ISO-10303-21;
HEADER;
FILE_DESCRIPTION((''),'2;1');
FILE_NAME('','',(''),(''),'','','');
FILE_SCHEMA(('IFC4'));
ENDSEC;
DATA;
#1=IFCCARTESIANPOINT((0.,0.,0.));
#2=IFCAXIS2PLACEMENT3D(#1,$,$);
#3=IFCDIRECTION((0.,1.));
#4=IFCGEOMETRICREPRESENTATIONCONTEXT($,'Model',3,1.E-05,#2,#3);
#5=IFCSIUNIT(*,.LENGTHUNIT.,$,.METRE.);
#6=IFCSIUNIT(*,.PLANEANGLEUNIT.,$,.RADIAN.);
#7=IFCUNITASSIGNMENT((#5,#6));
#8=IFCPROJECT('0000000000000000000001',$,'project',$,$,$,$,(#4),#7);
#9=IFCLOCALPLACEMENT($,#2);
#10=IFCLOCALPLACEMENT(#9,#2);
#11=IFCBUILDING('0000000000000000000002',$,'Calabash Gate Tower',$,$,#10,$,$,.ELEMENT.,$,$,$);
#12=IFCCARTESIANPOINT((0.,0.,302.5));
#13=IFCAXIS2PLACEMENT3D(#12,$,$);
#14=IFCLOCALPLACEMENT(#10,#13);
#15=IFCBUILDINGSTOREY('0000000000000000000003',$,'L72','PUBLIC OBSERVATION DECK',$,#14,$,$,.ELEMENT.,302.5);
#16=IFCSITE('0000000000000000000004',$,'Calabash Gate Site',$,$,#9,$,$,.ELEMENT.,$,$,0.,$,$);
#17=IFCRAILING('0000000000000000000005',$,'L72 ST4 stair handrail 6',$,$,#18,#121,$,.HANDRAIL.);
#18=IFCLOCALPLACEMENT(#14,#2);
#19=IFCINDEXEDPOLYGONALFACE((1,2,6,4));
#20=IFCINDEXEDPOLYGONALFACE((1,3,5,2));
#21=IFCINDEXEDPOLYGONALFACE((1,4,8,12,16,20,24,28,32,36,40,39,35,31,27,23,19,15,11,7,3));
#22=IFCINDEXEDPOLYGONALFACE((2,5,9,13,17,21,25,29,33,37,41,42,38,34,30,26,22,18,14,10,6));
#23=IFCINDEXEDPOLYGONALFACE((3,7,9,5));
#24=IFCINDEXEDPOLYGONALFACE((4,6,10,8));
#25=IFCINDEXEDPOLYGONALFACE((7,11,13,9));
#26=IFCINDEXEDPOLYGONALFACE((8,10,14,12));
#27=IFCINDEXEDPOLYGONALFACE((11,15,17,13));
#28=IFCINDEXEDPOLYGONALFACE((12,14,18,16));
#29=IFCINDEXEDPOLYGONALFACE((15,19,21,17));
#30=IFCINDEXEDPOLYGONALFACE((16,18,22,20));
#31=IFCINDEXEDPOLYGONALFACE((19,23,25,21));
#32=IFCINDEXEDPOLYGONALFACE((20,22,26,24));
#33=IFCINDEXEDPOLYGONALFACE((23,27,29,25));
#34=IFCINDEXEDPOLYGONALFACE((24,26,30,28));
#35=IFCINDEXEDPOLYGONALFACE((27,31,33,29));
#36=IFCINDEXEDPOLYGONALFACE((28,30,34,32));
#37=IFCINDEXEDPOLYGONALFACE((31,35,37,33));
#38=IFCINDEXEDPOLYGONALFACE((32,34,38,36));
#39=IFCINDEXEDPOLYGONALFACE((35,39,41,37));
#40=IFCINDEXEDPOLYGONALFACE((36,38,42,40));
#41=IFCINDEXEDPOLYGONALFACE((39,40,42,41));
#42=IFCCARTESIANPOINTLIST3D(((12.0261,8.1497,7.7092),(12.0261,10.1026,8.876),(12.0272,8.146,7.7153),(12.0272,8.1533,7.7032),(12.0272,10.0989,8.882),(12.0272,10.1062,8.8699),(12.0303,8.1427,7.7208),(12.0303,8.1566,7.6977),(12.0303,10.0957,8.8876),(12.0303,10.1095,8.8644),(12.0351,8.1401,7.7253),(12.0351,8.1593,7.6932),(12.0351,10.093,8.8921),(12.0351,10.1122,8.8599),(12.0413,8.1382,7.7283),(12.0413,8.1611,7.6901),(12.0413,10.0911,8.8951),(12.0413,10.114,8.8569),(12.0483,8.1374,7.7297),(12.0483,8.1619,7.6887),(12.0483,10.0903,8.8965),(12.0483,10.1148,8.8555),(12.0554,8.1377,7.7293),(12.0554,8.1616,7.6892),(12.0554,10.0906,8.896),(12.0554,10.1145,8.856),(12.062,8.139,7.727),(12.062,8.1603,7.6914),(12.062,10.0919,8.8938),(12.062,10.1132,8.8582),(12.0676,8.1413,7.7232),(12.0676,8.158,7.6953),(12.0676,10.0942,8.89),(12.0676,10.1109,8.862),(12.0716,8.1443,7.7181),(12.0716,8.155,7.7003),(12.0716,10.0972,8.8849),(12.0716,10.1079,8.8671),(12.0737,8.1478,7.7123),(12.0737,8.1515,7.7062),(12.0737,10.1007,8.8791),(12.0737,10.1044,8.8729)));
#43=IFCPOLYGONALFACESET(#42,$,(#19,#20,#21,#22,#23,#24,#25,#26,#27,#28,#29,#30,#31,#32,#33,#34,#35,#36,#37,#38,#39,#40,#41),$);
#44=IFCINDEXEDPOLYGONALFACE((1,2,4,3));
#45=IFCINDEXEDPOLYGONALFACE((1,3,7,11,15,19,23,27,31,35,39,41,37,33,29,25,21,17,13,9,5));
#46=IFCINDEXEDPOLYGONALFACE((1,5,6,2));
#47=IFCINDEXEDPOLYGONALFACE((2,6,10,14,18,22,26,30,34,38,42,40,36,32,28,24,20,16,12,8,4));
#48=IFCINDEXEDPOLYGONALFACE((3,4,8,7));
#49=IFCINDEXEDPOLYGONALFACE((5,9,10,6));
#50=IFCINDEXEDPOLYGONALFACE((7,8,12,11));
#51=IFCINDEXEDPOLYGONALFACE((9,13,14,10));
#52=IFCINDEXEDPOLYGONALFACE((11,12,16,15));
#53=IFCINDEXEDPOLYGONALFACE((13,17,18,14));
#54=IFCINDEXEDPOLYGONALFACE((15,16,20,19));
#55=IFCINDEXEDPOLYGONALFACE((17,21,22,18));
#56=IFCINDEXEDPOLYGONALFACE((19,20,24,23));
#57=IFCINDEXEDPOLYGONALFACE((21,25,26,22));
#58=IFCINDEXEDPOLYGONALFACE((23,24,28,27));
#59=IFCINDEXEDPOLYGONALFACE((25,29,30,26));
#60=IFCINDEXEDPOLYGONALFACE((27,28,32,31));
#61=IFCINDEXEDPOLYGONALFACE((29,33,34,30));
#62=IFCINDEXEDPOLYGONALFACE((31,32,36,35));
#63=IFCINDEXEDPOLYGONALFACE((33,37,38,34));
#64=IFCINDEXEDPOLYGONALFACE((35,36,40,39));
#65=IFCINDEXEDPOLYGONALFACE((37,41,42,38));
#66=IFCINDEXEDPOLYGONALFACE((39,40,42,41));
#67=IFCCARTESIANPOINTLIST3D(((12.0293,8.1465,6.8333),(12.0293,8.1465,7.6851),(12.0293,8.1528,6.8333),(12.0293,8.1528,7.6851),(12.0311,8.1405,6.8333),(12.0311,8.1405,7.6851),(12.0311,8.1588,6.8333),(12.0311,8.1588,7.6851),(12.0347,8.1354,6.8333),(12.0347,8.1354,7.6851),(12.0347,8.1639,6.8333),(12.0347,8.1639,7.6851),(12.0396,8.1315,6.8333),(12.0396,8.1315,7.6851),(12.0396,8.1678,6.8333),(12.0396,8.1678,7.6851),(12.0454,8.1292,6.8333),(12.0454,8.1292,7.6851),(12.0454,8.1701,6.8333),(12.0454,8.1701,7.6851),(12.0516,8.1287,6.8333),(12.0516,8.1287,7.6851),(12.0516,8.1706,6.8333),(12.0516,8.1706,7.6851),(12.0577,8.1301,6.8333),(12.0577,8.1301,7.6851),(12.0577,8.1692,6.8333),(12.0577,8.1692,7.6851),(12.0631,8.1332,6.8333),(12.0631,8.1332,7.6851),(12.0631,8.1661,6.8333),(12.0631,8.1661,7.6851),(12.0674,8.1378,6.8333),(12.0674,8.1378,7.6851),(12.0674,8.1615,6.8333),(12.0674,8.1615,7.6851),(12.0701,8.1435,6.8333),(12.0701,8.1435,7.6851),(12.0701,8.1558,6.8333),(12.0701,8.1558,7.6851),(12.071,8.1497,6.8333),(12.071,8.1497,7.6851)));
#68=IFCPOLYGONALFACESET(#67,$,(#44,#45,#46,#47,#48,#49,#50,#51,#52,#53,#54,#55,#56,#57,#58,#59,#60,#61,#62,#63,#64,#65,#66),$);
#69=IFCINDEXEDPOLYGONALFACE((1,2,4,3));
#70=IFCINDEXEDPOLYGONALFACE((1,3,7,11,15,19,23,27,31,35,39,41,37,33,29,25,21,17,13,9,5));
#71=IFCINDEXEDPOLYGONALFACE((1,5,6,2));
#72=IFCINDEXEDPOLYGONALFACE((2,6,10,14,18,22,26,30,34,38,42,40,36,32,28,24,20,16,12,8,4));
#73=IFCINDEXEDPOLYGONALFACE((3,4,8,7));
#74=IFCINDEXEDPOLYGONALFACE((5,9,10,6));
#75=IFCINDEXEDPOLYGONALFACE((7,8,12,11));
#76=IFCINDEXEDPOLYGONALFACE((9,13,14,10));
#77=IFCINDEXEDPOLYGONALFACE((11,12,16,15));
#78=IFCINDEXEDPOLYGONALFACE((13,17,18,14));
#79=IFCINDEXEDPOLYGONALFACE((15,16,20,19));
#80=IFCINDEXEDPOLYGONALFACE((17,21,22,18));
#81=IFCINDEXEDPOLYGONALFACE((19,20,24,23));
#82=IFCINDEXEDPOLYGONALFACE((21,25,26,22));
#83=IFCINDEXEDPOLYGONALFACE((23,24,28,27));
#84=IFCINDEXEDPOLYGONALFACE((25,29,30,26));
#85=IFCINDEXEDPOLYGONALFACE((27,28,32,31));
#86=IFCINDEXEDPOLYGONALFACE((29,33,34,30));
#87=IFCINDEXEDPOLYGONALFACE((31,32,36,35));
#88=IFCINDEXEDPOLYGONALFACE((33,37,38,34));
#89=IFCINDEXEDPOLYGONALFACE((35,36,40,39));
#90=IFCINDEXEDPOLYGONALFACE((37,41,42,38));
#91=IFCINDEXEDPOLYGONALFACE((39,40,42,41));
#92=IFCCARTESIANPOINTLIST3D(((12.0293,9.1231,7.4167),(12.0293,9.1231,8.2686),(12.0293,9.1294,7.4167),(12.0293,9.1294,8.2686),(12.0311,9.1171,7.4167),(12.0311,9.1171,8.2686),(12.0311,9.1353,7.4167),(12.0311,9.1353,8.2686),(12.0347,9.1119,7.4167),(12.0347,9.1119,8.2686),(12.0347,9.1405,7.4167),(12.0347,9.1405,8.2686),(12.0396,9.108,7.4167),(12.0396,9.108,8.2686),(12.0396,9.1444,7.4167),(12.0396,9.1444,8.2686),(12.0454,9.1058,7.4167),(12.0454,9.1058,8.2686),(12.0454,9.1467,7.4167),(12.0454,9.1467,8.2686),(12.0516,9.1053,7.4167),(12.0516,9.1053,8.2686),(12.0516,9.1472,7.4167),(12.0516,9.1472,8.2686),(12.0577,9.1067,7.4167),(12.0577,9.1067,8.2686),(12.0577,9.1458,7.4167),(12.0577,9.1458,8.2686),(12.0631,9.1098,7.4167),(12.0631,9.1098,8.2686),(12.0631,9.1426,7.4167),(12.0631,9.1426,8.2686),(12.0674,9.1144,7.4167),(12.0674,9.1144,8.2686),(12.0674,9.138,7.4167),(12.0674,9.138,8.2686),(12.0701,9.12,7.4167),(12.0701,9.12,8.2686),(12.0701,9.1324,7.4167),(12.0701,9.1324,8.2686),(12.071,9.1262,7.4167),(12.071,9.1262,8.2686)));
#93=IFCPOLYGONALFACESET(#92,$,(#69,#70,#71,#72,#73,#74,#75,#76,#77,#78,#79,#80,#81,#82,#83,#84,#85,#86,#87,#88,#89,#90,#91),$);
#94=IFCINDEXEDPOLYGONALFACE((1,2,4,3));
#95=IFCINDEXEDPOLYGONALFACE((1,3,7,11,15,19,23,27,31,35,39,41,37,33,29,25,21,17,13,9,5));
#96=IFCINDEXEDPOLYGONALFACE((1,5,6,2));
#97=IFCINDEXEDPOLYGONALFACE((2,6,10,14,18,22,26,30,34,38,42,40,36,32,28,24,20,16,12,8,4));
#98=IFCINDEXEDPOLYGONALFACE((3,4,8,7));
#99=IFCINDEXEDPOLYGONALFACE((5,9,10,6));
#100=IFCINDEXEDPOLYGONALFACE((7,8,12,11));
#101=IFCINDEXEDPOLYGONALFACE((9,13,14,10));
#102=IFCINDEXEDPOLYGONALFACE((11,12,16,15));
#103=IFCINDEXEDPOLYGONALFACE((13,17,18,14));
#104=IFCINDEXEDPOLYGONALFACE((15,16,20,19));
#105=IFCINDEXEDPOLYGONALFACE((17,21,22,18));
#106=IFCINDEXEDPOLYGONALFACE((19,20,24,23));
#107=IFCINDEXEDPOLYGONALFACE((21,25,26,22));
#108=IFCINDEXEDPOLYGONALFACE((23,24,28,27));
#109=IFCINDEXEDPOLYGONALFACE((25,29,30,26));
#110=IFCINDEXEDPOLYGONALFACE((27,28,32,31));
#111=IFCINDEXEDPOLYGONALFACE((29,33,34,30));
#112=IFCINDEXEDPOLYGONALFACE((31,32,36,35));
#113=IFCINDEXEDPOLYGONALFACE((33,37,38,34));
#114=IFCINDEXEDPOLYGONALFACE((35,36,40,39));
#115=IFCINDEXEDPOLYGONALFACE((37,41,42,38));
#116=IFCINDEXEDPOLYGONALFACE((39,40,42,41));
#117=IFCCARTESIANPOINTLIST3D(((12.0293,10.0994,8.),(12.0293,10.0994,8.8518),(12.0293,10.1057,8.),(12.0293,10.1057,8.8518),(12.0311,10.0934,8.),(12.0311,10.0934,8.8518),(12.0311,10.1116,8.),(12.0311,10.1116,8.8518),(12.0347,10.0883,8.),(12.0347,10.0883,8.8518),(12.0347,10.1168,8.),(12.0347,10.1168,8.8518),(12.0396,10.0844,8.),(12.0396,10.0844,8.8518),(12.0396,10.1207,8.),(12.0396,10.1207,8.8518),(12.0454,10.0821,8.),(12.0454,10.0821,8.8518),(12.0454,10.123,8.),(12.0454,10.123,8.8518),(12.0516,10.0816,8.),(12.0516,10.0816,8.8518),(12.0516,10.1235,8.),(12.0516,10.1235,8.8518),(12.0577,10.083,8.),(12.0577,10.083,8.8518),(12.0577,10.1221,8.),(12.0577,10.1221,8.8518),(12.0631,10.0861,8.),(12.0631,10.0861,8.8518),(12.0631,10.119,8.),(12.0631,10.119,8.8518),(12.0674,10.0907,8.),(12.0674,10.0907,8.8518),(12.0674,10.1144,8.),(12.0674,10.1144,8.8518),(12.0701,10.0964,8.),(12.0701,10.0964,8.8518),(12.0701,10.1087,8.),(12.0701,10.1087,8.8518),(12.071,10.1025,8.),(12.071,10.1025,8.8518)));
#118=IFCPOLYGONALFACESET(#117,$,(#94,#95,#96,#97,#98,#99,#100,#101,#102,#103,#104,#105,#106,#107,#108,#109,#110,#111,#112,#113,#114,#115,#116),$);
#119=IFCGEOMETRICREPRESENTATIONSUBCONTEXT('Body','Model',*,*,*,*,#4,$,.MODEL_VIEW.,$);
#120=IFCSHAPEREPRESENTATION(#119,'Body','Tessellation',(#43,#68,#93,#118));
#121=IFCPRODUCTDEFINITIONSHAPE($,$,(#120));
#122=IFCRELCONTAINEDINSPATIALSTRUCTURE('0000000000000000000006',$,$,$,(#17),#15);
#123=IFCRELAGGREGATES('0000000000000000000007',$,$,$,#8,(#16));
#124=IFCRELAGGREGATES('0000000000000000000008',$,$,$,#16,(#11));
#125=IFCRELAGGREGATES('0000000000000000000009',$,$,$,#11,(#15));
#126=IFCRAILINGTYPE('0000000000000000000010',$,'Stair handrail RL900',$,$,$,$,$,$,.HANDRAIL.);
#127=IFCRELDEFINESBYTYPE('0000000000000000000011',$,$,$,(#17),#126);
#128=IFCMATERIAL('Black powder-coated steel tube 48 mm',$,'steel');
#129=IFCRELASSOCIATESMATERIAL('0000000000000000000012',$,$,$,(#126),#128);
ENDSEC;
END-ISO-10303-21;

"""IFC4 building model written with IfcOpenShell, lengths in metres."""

from ifc_helpers import new_model, si_unit, direction, frame, origin, origin_2d, place, context, subcontext, project, spatial, circle, extrude, material, type_object, element, save


model = new_model("IFC4")

# Units and contexts
model_context = context("Model", 3, precision=1e-05, world=origin(), true_north=direction((0.0, 1.0)))
body_context = subcontext(model_context, "Body", "Model", "MODEL_VIEW")
ifc_project = project(units=[si_unit("LENGTHUNIT", "METRE"), si_unit("PLANEANGLEUNIT", "RADIAN")], contexts=[model_context])

# Site, building, storey
site_placement = place(None, origin())
site = spatial("IfcSite", under=ifc_project, at=site_placement, Name="Calabash Gate Site", CompositionType="ELEMENT", RefElevation=0.0)
building_placement = place(site_placement, origin())
building = spatial("IfcBuilding", under=site, at=building_placement, Name="Calabash Gate Tower", CompositionType="ELEMENT")
storey_placement = place(building_placement, frame((0.0, 0.0, 302.5)))
storey = spatial("IfcBuildingStorey", under=building, at=storey_placement, Name="L72", Description="PUBLIC OBSERVATION DECK", CompositionType="ELEMENT", Elevation=302.5)

# Railing
ifc_material_1 = material(Name="Black powder-coated steel tube 48 mm", Category="steel")
railing_type_1 = type_object("IfcRailingType", Name="Stair handrail RL900", PredefinedType="HANDRAIL", material=ifc_material_1)
railing_1_placement = place(storey_placement, frame((12.05, 8.1497, 6.8333)))
element("IfcRailing", 1, at=railing_1_placement, inside=storey, type_object=railing_type_1, Name="L72 ST4 stair handrail 6", PredefinedType="HANDRAIL", context=body_context, shape_type="SweptSolid", body=[
    extrude(circle(Radius=0.0239, at=origin_2d()), frame((0.0, 0.0, 0.876), z_axis=(0.0, 0.858457, 0.512885), x_axis=(-1.0, 0.0, 0.0)), (0.0, 0.0, 1.0), 2.2749),
    extrude(circle(Radius=0.021, at=origin_2d()), origin(), (0.0, 0.0, 1.0), 0.8518),
    extrude(circle(Radius=0.021, at=origin_2d()), frame((0.0, 0.9766, 0.5835)), (0.0, 0.0, 1.0), 0.8518),
    extrude(circle(Radius=0.021, at=origin_2d()), frame((0.0, 1.9529, 1.1667)), (0.0, 0.0, 1.0), 0.8518),
])

save(model, "model.ifc")
